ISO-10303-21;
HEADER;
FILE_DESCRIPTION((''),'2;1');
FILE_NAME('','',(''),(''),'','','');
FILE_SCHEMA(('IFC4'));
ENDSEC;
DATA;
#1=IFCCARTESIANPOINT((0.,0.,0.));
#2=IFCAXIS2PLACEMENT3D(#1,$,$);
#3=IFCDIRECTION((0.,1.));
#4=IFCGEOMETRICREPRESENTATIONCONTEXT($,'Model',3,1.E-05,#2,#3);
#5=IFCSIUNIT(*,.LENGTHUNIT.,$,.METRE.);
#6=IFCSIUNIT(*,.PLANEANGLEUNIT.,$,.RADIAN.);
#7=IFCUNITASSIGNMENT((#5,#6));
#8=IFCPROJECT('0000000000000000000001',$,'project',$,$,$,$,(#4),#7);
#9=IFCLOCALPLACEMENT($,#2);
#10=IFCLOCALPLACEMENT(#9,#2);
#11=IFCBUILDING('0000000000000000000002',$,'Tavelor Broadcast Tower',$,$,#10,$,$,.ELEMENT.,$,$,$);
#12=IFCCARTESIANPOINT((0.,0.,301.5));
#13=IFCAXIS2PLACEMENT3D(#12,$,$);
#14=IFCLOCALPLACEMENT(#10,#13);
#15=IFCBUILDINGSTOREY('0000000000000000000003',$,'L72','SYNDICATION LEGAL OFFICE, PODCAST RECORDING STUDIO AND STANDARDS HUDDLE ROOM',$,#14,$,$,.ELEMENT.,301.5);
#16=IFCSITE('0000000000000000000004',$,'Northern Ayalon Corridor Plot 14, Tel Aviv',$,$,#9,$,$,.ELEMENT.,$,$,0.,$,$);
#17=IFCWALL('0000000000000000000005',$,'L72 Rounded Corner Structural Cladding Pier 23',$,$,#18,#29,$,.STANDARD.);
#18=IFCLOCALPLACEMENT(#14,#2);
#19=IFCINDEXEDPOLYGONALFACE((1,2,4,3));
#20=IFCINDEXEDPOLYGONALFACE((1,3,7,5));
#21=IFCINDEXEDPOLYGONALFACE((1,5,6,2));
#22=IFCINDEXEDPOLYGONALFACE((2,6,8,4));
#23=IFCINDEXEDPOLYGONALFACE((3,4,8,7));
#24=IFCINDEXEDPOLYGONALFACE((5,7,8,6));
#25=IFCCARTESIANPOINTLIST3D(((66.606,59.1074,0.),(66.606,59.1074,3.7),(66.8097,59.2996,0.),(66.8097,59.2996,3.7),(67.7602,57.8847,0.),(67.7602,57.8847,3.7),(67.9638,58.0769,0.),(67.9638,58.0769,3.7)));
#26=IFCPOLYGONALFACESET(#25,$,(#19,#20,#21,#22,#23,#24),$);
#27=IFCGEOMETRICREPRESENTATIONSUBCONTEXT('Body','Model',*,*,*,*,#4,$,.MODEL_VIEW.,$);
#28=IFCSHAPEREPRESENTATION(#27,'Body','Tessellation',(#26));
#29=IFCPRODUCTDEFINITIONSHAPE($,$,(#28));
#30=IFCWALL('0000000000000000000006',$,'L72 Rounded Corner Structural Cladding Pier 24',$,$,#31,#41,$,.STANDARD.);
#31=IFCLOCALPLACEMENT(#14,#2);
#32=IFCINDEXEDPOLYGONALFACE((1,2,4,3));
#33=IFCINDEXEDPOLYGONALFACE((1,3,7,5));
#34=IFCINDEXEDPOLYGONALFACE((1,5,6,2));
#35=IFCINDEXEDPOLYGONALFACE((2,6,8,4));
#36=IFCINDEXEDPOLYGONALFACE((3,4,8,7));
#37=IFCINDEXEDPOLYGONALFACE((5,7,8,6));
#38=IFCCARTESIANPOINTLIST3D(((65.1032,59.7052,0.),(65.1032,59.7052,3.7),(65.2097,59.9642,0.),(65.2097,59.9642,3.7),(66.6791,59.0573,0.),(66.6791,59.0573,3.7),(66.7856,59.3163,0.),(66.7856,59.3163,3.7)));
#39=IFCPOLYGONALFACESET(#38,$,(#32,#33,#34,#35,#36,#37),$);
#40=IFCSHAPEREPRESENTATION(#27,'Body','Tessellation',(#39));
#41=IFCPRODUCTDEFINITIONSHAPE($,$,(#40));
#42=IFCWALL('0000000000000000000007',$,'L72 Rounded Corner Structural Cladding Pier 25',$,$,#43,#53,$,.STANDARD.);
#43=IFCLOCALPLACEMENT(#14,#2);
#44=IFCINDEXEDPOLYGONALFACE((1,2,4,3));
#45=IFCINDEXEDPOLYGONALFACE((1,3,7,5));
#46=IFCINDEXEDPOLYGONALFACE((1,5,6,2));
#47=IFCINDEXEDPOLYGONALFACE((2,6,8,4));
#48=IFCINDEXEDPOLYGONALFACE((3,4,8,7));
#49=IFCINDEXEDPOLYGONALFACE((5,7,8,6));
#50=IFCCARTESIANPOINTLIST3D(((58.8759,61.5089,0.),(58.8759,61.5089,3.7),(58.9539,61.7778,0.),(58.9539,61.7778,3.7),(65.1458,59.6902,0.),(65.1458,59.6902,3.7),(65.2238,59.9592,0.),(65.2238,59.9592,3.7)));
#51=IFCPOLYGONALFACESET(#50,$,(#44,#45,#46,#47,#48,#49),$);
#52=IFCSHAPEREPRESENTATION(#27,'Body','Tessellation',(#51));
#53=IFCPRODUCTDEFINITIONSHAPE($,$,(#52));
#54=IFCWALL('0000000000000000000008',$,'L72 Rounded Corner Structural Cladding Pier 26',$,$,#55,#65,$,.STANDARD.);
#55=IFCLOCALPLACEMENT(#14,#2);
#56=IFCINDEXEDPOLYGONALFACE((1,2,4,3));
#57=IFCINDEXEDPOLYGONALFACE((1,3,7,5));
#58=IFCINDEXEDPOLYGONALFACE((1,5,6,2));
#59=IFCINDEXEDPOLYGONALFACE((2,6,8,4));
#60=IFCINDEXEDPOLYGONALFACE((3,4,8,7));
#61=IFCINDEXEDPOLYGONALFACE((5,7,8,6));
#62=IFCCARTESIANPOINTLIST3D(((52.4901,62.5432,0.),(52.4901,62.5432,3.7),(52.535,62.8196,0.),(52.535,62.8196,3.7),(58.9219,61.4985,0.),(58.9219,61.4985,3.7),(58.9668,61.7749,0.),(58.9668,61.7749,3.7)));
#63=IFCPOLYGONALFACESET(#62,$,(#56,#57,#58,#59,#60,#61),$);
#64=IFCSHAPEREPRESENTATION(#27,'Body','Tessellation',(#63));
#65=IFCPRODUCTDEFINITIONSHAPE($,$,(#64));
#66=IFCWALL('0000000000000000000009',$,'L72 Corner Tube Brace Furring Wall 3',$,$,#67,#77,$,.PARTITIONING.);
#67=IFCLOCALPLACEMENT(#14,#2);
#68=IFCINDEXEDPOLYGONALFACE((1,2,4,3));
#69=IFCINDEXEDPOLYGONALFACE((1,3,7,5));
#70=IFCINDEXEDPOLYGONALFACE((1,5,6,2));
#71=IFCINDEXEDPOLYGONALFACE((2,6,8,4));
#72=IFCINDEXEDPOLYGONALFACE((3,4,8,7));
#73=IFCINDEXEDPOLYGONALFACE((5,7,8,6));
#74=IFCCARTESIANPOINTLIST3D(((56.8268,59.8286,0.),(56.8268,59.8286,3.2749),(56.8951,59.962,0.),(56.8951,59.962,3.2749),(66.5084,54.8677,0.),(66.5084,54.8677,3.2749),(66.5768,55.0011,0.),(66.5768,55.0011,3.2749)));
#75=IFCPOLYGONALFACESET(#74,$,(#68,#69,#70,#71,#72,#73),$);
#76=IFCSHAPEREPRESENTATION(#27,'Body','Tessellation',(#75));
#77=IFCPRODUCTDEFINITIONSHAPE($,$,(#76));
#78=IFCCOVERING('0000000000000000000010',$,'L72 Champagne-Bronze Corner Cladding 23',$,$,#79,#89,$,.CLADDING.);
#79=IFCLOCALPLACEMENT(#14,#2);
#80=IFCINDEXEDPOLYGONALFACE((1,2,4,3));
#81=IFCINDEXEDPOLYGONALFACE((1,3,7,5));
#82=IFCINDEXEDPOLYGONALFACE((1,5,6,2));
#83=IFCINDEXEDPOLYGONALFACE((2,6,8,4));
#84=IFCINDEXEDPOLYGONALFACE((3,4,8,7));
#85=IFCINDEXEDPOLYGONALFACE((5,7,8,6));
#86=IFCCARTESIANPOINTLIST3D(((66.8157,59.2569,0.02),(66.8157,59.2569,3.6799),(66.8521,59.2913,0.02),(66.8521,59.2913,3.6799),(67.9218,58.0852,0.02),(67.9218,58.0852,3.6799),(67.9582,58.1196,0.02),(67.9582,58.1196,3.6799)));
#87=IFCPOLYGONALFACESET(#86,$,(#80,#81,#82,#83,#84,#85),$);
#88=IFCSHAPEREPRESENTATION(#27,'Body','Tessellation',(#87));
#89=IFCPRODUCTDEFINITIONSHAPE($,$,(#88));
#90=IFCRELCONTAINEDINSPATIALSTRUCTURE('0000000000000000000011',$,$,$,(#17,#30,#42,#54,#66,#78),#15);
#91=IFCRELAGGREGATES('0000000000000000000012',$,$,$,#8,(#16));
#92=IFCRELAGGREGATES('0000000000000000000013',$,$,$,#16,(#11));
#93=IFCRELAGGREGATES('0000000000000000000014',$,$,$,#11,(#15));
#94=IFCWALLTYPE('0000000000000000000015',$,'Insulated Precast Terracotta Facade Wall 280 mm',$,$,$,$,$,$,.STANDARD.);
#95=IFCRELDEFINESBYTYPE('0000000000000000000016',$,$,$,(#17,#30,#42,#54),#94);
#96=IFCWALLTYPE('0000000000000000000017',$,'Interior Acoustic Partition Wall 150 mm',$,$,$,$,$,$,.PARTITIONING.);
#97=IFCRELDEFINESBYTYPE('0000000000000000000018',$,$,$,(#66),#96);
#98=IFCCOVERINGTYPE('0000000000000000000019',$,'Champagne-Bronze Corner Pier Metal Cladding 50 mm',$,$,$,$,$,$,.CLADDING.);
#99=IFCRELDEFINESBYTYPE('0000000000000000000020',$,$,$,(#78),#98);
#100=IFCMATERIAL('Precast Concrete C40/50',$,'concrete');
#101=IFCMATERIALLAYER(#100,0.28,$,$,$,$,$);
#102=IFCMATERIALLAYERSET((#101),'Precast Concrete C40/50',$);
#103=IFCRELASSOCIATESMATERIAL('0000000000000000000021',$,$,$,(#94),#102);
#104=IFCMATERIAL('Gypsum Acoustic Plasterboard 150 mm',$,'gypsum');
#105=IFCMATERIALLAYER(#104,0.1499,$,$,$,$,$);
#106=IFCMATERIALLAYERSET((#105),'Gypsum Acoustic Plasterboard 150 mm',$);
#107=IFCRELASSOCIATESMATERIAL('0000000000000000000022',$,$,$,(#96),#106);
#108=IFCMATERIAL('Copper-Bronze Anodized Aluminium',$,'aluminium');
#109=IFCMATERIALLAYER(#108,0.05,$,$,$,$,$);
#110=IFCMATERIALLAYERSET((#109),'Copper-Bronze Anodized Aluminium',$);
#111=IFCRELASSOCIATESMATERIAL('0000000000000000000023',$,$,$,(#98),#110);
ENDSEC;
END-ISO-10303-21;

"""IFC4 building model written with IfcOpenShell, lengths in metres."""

from ifc_helpers import new_model, si_unit, direction, frame, frame_2d, origin, origin_2d, place, context, subcontext, project, spatial, rectangle, extrude, material, layer, layer_set, type_object, element, save


model = new_model("IFC4")

# Units and contexts
model_context = context("Model", 3, precision=1e-05, world=origin(), true_north=direction((0.0, 1.0)))
body_context = subcontext(model_context, "Body", "Model", "MODEL_VIEW")
ifc_project = project(units=[si_unit("LENGTHUNIT", "METRE"), si_unit("PLANEANGLEUNIT", "RADIAN")], contexts=[model_context])

# Site, building, storey
site_placement = place(None, origin())
site = spatial("IfcSite", under=ifc_project, at=site_placement, Name="Northern Ayalon Corridor Plot 14, Tel Aviv", CompositionType="ELEMENT", RefElevation=0.0)
building_placement = place(site_placement, origin())
building = spatial("IfcBuilding", under=site, at=building_placement, Name="Tavelor Broadcast Tower", CompositionType="ELEMENT")
storey_placement = place(building_placement, frame((0.0, 0.0, 301.5)))
storey = spatial("IfcBuildingStorey", under=building, at=storey_placement, Name="L72", Description="SYNDICATION LEGAL OFFICE, PODCAST RECORDING STUDIO AND STANDARDS HUDDLE ROOM", CompositionType="ELEMENT", Elevation=301.5)

# Walls
ifc_material_1 = material(Name="Precast Concrete C40/50", Category="concrete")
ifc_layer_1 = layer(ifc_material_1, 0.28)
ifc_layer_set_1 = layer_set([ifc_layer_1], Name="Precast Concrete C40/50")
wall_type_1 = type_object("IfcWallType", Name="Insulated Precast Terracotta Facade Wall 280 mm", PredefinedType="STANDARD", material=ifc_layer_set_1)
wall_1_placement = place(storey_placement, frame((67.8621, 57.9807, 0.0), z_axis=(0.0, 0.0, 1.0), x_axis=(-0.68641, 0.727214, 0.0)))
element("IfcWall", 1, at=wall_1_placement, inside=storey, type_object=wall_type_1, Name="L72 Rounded Corner Structural Cladding Pier 23", PredefinedType="STANDARD", context=body_context, shape_type="SweptSolid", body=[
    extrude(rectangle(XDim=1.6814, YDim=0.28, at=frame_2d((0.8408, 0.0))), origin(), (0.0, 0.0, 1.0), 3.7),
])
wall_2_placement = place(storey_placement, frame((66.7324, 59.1868, 0.0), z_axis=(0.0, 0.0, 1.0), x_axis=(-0.924877, 0.380267, 0.0)))
element("IfcWall", 2, at=wall_2_placement, inside=storey, type_object=wall_type_1, Name="L72 Rounded Corner Structural Cladding Pier 24", PredefinedType="STANDARD", context=body_context, shape_type="SweptSolid", body=[
    extrude(rectangle(XDim=1.7039, YDim=0.28, at=frame_2d((0.8521, 0.0))), origin(), (0.0, 0.0, 1.0), 3.7),
])
wall_3_placement = place(storey_placement, frame((65.1848, 59.8247, 0.0), z_axis=(0.0, 0.0, 1.0), x_axis=(-0.960414, 0.278577, 0.0)))
element("IfcWall", 3, at=wall_3_placement, inside=storey, type_object=wall_type_1, Name="L72 Rounded Corner Structural Cladding Pier 25", PredefinedType="STANDARD", context=body_context, shape_type="SweptSolid", body=[
    extrude(rectangle(XDim=6.5283, YDim=0.28, at=frame_2d((3.2642, 0.0))), origin(), (0.0, 0.0, 1.0), 3.7),
])
wall_4_placement = place(storey_placement, frame((58.9443, 61.6367, 0.0), z_axis=(0.0, 0.0, 1.0), x_axis=(-0.987065, 0.160321, 0.0)))
element("IfcWall", 4, at=wall_4_placement, inside=storey, type_object=wall_type_1, Name="L72 Rounded Corner Structural Cladding Pier 26", PredefinedType="STANDARD", context=body_context, shape_type="SweptSolid", body=[
    extrude(rectangle(XDim=6.5161, YDim=0.28, at=frame_2d((3.2581, 0.0))), origin(), (0.0, 0.0, 1.0), 3.7),
])
ifc_material_2 = material(Name="Gypsum Acoustic Plasterboard 150 mm", Category="gypsum")
ifc_layer_2 = layer(ifc_material_2, 0.1499)
ifc_layer_set_2 = layer_set([ifc_layer_2], Name="Gypsum Acoustic Plasterboard 150 mm")
wall_type_2 = type_object("IfcWallType", Name="Interior Acoustic Partition Wall 150 mm", PredefinedType="PARTITIONING", material=ifc_layer_set_2)
wall_5_placement = place(storey_placement, frame((66.5427, 54.9343, 0.0), z_axis=(0.0, 0.0, 1.0), x_axis=(-0.889967, 0.456025, 0.0)))
element("IfcWall", 5, at=wall_5_placement, inside=storey, type_object=wall_type_2, Name="L72 Corner Tube Brace Furring Wall 3", PredefinedType="PARTITIONING", context=body_context, shape_type="SweptSolid", body=[
    extrude(rectangle(XDim=10.8787, YDim=0.1499, at=frame_2d((5.4395, 0.0))), origin(), (0.0, 0.0, 1.0), 3.2749),
])

# Covering
ifc_material_3 = material(Name="Copper-Bronze Anodized Aluminium", Category="aluminium")
ifc_layer_3 = layer(ifc_material_3, 0.05)
ifc_layer_set_3 = layer_set([ifc_layer_3], Name="Copper-Bronze Anodized Aluminium")
covering_type = type_object("IfcCoveringType", Name="Champagne-Bronze Corner Pier Metal Cladding 50 mm", PredefinedType="CLADDING", material=ifc_layer_set_3)
covering_placement = place(storey_placement, frame((67.387, 58.6882, 0.02), z_axis=(0.0, 0.0, 1.0), x_axis=(-0.686453, 0.727174, 0.0)))
element("IfcCovering", 6, at=covering_placement, inside=storey, type_object=covering_type, Name="L72 Champagne-Bronze Corner Cladding 23", PredefinedType="CLADDING", context=body_context, shape_type="SweptSolid", body=[
    extrude(rectangle(XDim=1.6113, YDim=0.05, at=origin_2d()), origin(), (0.0, 0.0, 1.0), 3.6599),
])

save(model, "model.ifc")
